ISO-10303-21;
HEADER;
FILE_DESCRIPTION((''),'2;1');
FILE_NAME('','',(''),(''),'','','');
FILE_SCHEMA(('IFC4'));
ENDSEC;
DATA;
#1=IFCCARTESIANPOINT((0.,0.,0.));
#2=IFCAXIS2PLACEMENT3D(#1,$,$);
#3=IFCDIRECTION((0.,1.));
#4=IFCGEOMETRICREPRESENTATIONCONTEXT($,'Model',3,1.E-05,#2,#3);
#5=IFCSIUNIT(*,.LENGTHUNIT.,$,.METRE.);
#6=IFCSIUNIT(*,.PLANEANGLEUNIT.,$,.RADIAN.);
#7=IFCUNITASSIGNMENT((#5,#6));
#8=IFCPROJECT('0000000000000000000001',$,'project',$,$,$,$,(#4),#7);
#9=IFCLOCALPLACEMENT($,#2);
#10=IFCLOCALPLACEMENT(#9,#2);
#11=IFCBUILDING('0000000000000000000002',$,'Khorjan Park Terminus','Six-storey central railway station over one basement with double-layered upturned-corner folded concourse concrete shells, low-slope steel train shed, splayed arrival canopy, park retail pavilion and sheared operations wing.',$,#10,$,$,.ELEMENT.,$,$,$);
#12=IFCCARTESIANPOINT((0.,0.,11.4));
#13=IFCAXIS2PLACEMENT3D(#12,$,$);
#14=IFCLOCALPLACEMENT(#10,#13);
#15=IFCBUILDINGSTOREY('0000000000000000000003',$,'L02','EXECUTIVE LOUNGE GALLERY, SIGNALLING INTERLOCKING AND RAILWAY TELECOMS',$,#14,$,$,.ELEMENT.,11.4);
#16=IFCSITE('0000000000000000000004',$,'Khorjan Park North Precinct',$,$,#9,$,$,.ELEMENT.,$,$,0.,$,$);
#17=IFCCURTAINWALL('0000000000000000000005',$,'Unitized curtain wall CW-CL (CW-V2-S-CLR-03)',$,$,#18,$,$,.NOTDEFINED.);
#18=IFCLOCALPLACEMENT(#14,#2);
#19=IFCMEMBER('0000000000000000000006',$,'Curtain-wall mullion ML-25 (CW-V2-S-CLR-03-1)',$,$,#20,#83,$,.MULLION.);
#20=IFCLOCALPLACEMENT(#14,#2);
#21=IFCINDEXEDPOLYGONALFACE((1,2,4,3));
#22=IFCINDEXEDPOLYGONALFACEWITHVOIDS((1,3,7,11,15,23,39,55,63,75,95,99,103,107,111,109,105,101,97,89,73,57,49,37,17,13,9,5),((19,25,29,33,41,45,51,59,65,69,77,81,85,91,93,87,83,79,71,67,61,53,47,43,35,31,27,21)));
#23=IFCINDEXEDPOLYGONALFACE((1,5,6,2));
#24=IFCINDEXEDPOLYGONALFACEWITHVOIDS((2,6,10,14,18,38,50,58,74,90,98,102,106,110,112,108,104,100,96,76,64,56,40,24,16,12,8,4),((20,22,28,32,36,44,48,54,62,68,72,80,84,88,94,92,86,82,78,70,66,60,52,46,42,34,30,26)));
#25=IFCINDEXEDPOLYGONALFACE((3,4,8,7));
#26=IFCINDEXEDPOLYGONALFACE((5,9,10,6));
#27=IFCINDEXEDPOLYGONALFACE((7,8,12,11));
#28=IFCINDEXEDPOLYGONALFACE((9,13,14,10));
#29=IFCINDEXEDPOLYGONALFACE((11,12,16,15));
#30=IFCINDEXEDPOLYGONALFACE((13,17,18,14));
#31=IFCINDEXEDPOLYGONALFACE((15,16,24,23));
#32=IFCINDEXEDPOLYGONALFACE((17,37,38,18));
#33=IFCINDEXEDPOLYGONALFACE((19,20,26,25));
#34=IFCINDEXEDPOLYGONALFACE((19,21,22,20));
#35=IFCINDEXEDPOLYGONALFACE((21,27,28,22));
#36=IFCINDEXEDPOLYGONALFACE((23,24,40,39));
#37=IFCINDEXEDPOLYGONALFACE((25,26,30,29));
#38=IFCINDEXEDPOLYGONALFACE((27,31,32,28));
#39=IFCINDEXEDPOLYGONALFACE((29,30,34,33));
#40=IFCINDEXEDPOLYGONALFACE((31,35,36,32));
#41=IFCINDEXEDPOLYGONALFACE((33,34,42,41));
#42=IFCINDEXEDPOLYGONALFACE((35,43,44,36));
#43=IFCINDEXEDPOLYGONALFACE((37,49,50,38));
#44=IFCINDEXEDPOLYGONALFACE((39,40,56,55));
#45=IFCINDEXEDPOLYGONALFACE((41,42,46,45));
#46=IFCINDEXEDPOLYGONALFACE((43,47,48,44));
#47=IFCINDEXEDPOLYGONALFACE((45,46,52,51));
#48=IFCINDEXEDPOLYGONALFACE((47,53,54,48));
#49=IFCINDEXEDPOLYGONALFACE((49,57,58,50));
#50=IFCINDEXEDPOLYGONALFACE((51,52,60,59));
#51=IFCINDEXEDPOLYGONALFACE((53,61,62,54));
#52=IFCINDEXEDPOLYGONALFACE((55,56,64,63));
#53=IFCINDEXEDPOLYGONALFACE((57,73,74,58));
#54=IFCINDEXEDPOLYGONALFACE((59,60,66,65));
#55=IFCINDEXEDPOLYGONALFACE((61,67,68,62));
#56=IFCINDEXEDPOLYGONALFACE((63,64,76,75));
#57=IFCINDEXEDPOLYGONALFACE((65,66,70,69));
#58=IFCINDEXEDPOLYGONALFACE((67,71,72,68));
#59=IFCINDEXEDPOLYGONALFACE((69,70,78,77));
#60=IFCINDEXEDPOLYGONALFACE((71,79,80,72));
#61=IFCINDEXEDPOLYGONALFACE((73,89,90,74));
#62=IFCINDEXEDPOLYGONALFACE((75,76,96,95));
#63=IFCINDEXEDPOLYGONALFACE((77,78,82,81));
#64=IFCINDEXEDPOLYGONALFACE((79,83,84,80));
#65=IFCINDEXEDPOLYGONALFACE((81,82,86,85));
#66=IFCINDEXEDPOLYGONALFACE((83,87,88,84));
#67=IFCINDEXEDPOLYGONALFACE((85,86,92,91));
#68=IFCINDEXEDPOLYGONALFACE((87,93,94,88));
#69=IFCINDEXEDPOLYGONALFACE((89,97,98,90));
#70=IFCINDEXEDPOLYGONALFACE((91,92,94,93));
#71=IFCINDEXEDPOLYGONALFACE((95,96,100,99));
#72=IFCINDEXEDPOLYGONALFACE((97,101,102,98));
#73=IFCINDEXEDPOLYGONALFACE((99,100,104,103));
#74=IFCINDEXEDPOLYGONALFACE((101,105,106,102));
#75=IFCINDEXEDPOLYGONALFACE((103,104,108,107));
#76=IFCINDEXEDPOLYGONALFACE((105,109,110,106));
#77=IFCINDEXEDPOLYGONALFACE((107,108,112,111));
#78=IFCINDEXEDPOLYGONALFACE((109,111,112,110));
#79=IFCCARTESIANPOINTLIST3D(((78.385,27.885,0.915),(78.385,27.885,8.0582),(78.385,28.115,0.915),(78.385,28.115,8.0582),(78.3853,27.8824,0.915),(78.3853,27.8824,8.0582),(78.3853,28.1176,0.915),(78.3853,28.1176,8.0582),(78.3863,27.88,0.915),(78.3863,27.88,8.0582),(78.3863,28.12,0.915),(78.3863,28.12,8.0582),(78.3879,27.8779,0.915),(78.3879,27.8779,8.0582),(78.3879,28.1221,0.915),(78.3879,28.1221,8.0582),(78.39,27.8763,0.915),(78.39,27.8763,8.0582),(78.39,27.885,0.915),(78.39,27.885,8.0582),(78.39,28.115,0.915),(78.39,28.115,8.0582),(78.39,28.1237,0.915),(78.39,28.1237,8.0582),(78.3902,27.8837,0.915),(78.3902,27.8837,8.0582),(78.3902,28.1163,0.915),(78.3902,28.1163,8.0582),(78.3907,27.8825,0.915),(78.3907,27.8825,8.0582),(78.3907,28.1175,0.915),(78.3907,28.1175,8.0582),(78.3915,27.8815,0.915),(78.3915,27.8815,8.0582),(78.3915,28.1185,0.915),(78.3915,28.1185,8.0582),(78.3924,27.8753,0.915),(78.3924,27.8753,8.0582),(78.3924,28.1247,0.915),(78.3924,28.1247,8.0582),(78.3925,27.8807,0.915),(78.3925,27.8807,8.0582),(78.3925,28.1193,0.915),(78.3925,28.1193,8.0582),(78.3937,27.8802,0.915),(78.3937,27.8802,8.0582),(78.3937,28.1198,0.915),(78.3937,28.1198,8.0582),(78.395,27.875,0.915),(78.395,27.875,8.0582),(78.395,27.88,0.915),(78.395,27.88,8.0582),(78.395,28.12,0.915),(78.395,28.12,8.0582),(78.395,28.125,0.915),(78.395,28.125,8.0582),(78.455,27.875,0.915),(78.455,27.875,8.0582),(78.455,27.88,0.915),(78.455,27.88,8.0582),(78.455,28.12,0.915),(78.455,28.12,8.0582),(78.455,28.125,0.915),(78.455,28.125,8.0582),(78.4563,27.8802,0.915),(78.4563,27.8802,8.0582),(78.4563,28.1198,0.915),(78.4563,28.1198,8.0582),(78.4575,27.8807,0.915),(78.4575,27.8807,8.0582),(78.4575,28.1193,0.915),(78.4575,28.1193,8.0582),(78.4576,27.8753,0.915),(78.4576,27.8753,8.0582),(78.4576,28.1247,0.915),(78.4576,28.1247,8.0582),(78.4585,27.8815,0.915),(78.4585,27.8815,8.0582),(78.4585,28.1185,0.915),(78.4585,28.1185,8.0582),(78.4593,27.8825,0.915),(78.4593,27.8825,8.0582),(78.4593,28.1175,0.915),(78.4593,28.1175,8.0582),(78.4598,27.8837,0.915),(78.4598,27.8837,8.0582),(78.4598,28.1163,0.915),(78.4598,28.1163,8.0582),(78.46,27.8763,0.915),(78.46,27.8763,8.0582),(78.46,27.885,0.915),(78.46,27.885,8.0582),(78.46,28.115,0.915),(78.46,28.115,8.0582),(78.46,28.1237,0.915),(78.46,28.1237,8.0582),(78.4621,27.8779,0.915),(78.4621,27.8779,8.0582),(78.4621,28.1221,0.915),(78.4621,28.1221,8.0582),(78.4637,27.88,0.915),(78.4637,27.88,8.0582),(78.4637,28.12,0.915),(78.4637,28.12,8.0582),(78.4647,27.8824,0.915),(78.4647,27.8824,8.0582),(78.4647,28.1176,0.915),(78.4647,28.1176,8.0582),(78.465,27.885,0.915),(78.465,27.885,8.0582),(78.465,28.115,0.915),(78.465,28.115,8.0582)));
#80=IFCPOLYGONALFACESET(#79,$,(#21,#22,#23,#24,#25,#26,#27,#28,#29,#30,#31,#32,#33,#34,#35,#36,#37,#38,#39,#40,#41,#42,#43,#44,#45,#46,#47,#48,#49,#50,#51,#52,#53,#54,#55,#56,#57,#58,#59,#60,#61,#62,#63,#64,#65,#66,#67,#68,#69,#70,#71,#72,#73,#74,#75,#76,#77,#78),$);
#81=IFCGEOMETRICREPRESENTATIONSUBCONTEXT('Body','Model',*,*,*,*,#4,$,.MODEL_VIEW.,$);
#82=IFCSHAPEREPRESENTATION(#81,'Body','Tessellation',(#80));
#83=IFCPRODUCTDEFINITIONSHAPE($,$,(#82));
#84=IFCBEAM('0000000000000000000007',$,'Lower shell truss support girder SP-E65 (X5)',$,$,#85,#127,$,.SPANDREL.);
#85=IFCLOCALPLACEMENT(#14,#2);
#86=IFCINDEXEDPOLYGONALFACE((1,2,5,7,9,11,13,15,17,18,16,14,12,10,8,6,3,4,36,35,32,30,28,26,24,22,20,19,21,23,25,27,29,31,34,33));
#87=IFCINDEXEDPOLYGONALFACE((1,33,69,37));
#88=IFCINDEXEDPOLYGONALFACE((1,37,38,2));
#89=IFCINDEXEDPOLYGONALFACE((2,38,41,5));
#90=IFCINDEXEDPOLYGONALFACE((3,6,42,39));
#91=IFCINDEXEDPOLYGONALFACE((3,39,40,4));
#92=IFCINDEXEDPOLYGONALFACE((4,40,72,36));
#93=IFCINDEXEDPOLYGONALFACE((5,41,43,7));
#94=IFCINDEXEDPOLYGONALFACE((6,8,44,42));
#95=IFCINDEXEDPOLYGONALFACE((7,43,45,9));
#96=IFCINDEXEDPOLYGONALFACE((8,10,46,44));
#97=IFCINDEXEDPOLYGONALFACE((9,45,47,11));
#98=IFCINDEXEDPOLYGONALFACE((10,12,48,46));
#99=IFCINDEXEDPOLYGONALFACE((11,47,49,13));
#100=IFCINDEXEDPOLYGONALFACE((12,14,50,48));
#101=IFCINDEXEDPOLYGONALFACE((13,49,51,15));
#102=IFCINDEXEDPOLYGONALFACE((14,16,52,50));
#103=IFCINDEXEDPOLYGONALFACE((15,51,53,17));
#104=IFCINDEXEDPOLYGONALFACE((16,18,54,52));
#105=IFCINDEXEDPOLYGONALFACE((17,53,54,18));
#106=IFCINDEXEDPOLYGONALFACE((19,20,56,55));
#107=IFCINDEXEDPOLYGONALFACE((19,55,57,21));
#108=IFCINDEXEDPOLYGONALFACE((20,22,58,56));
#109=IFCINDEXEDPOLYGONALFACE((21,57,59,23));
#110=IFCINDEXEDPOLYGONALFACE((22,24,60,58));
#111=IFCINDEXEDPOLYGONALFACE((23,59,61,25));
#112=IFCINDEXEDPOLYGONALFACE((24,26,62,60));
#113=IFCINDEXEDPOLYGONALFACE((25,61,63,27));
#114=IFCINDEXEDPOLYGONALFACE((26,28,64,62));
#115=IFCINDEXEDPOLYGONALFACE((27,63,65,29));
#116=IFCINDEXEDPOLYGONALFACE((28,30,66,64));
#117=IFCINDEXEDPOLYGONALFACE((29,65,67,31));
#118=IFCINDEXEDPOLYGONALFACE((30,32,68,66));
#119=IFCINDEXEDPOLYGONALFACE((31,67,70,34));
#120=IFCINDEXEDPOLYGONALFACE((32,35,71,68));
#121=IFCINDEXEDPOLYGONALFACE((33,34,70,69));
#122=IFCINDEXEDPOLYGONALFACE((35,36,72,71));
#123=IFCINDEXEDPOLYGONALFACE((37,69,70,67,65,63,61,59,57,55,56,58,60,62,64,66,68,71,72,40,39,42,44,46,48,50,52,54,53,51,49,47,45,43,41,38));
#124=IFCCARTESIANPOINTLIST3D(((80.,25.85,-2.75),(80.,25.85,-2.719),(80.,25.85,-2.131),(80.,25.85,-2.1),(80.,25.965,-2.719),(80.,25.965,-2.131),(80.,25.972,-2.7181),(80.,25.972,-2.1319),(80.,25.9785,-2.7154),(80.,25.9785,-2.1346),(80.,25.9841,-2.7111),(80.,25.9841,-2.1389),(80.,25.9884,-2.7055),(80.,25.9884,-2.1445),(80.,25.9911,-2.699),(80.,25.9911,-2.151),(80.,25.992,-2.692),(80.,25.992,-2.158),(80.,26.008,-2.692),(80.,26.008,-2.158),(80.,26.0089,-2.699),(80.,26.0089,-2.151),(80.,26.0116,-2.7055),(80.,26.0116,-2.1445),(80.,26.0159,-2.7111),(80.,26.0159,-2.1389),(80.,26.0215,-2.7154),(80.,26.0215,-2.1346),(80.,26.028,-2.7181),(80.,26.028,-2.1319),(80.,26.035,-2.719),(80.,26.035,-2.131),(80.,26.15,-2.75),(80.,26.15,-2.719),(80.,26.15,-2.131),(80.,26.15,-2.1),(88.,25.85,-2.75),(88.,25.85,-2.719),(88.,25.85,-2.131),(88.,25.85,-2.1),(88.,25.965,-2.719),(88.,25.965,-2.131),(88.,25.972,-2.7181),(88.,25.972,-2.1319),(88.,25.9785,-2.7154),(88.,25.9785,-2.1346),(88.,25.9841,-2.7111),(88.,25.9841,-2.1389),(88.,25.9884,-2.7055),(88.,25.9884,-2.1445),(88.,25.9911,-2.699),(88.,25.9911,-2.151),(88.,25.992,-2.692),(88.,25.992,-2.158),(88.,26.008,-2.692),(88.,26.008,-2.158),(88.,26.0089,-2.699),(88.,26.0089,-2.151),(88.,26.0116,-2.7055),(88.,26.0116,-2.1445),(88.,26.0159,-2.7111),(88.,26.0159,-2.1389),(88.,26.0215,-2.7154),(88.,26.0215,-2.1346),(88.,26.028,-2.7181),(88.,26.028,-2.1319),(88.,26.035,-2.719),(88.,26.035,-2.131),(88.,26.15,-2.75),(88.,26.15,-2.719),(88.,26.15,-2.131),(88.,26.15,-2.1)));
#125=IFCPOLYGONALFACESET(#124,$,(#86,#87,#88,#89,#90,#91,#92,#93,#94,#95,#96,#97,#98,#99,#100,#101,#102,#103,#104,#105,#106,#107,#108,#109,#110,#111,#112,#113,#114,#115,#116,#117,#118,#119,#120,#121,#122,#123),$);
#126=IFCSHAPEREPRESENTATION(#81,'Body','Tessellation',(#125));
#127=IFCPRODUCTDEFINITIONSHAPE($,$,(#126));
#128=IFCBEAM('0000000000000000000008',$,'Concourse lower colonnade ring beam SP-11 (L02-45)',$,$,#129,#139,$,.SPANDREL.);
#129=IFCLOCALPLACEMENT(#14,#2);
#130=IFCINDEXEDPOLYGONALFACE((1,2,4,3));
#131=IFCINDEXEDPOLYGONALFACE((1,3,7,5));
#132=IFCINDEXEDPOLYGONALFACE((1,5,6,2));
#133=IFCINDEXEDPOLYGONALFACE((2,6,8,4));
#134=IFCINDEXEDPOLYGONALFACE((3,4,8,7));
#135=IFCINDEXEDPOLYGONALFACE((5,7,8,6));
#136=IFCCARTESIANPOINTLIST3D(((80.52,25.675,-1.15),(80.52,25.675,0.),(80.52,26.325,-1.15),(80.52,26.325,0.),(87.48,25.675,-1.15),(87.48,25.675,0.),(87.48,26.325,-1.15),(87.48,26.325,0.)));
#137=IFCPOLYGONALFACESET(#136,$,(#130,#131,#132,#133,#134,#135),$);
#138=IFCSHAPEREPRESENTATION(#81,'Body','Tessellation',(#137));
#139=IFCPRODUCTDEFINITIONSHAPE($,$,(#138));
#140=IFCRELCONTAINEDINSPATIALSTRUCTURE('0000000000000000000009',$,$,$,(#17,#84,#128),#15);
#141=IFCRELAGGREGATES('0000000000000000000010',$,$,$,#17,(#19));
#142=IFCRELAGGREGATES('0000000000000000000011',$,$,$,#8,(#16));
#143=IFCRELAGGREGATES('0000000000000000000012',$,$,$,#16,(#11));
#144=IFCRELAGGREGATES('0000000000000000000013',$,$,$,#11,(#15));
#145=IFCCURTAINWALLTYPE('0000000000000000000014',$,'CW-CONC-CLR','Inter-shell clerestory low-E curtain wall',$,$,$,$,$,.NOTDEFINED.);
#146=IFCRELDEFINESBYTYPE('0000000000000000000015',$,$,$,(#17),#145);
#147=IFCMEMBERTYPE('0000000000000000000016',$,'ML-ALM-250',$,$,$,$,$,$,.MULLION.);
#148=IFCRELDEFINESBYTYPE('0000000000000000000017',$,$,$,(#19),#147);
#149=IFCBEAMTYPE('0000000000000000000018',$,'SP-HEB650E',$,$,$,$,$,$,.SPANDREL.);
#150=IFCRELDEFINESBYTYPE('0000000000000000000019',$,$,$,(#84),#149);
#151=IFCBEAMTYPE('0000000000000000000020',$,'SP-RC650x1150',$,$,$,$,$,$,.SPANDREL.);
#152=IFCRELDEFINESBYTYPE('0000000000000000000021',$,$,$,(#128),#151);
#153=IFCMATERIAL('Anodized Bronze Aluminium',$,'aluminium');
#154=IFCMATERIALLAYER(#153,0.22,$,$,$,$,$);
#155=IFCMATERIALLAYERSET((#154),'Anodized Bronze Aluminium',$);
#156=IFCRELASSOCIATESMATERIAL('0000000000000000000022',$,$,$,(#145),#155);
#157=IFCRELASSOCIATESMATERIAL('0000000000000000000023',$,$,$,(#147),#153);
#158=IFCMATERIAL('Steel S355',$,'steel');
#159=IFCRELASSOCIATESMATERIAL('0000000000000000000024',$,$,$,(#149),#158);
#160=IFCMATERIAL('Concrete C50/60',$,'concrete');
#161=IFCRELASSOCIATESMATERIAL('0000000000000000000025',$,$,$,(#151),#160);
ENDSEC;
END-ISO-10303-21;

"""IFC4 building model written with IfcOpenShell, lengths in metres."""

from ifc_helpers import new_model, si_unit, direction, frame, origin, origin_2d, place, context, subcontext, project, spatial, rectangle, hollow_rectangle, i_section, extrude, material, layer, layer_set, material_profile, profile_set, type_object, element, aggregate, save


model = new_model("IFC4")

# Units and contexts
model_context = context("Model", 3, precision=1e-05, world=origin(), true_north=direction((0.0, 1.0)))
body_context = subcontext(model_context, "Body", "Model", "MODEL_VIEW")
ifc_project = project(units=[si_unit("LENGTHUNIT", "METRE"), si_unit("PLANEANGLEUNIT", "RADIAN")], contexts=[model_context])

# Site, building, storey
site_placement = place(None, origin())
site = spatial("IfcSite", under=ifc_project, at=site_placement, Name="Khorjan Park North Precinct", CompositionType="ELEMENT", RefElevation=0.0)
building_placement = place(site_placement, origin())
building = spatial("IfcBuilding", under=site, at=building_placement, Name="Khorjan Park Terminus", Description="Six-storey central railway station over one basement with double-layered upturned-corner folded concourse concrete shells, low-slope steel train shed, splayed arrival canopy, park retail pavilion and sheared operations wing.", CompositionType="ELEMENT")
storey_placement = place(building_placement, frame((0.0, 0.0, 11.4)))
storey = spatial("IfcBuildingStorey", under=building, at=storey_placement, Name="L02", Description="EXECUTIVE LOUNGE GALLERY, SIGNALLING INTERLOCKING AND RAILWAY TELECOMS", CompositionType="ELEMENT", Elevation=11.4)

# Shared definitions
ifc_material_1 = material(Name="Concrete C50/60", Category="concrete")

# Shared definitions
ifc_material_2 = material(Name="Steel S355", Category="steel")

# Curtain wall, member
ifc_material_3 = material(Name="Anodized Bronze Aluminium", Category="aluminium")
ifc_layer_1 = layer(ifc_material_3, 0.22)
ifc_layer_set_1 = layer_set([ifc_layer_1], Name="Anodized Bronze Aluminium")
curtain_wall_type = type_object("IfcCurtainWallType", Name="CW-CONC-CLR", Description="Inter-shell clerestory low-E curtain wall", PredefinedType="NOTDEFINED", material=ifc_layer_set_1)
ifc_material_profile_1 = material_profile(ifc_material_3, hollow_rectangle(XDim=0.08, YDim=0.25, WallThickness=0.005, InnerFilletRadius=0.005, OuterFilletRadius=0.01, at=origin_2d()), Name="ALM 80x250x5")
ifc_profile_set_1 = profile_set([ifc_material_profile_1], Name="Anodized Bronze Aluminium")
member_type_1 = type_object("IfcMemberType", Name="ML-ALM-250", PredefinedType="MULLION", material=ifc_profile_set_1)
curtain_wall_1_placement = place(storey_placement, origin())
curtain_wall_1 = element("IfcCurtainWall", 1, at=curtain_wall_1_placement, inside=storey, type_object=curtain_wall_type, Name="Unitized curtain wall CW-CL (CW-V2-S-CLR-03)", PredefinedType="NOTDEFINED")
member_1_placement = place(storey_placement, frame((78.425, 28.0, 0.915), z_axis=(0.0, 0.0, 1.0), x_axis=(1.0, 0.0, 0.0)))
member_1 = element("IfcMember", 2, at=member_1_placement, type_object=member_type_1, Name="Curtain-wall mullion ML-25 (CW-V2-S-CLR-03-1)", PredefinedType="MULLION", context=body_context, shape_type="SweptSolid", body=[
    extrude(hollow_rectangle(XDim=0.08, YDim=0.25, WallThickness=0.005, InnerFilletRadius=0.005, OuterFilletRadius=0.01, at=origin_2d()), origin(), (0.0, 0.0, 1.0), 7.1432),
])

# Beams
ifc_material_profile_2 = material_profile(ifc_material_2, i_section(OverallWidth=0.3, OverallDepth=0.65, WebThickness=0.016, FlangeThickness=0.031, FilletRadius=0.027, at=origin_2d()), Name="HEB 650")
ifc_profile_set_2 = profile_set([ifc_material_profile_2], Name="Steel S355")
beam_type_1 = type_object("IfcBeamType", Name="SP-HEB650E", PredefinedType="SPANDREL", material=ifc_profile_set_2)
beam_1_placement = place(storey_placement, frame((80.0, 26.0, -2.425), z_axis=(1.0, 0.0, 0.0), x_axis=(0.0, 1.0, 0.0)))
element("IfcBeam", 3, at=beam_1_placement, inside=storey, type_object=beam_type_1, Name="Lower shell truss support girder SP-E65 (X5)", PredefinedType="SPANDREL", context=body_context, shape_type="SweptSolid", body=[
    extrude(i_section(OverallWidth=0.3, OverallDepth=0.65, WebThickness=0.016, FlangeThickness=0.031, FilletRadius=0.027, at=origin_2d()), origin(), (0.0, 0.0, 1.0), 8.0),
])
ifc_material_profile_3 = material_profile(ifc_material_1, rectangle(XDim=0.65, YDim=1.15, at=origin_2d()), Name="RC 650x1150")
ifc_profile_set_3 = profile_set([ifc_material_profile_3], Name="Concrete C50/60")
beam_type_2 = type_object("IfcBeamType", Name="SP-RC650x1150", PredefinedType="SPANDREL", material=ifc_profile_set_3)
beam_2_placement = place(storey_placement, frame((80.52, 26.0, -0.575), z_axis=(1.0, 0.0, 0.0), x_axis=(0.0, 1.0, 0.0)))
element("IfcBeam", 4, at=beam_2_placement, inside=storey, type_object=beam_type_2, Name="Concourse lower colonnade ring beam SP-11 (L02-45)", PredefinedType="SPANDREL", context=body_context, shape_type="SweptSolid", body=[
    extrude(rectangle(XDim=0.65, YDim=1.15, at=origin_2d()), origin(), (0.0, 0.0, 1.0), 6.96),
])

aggregate(curtain_wall_1, [member_1])

save(model, "model.ifc")
